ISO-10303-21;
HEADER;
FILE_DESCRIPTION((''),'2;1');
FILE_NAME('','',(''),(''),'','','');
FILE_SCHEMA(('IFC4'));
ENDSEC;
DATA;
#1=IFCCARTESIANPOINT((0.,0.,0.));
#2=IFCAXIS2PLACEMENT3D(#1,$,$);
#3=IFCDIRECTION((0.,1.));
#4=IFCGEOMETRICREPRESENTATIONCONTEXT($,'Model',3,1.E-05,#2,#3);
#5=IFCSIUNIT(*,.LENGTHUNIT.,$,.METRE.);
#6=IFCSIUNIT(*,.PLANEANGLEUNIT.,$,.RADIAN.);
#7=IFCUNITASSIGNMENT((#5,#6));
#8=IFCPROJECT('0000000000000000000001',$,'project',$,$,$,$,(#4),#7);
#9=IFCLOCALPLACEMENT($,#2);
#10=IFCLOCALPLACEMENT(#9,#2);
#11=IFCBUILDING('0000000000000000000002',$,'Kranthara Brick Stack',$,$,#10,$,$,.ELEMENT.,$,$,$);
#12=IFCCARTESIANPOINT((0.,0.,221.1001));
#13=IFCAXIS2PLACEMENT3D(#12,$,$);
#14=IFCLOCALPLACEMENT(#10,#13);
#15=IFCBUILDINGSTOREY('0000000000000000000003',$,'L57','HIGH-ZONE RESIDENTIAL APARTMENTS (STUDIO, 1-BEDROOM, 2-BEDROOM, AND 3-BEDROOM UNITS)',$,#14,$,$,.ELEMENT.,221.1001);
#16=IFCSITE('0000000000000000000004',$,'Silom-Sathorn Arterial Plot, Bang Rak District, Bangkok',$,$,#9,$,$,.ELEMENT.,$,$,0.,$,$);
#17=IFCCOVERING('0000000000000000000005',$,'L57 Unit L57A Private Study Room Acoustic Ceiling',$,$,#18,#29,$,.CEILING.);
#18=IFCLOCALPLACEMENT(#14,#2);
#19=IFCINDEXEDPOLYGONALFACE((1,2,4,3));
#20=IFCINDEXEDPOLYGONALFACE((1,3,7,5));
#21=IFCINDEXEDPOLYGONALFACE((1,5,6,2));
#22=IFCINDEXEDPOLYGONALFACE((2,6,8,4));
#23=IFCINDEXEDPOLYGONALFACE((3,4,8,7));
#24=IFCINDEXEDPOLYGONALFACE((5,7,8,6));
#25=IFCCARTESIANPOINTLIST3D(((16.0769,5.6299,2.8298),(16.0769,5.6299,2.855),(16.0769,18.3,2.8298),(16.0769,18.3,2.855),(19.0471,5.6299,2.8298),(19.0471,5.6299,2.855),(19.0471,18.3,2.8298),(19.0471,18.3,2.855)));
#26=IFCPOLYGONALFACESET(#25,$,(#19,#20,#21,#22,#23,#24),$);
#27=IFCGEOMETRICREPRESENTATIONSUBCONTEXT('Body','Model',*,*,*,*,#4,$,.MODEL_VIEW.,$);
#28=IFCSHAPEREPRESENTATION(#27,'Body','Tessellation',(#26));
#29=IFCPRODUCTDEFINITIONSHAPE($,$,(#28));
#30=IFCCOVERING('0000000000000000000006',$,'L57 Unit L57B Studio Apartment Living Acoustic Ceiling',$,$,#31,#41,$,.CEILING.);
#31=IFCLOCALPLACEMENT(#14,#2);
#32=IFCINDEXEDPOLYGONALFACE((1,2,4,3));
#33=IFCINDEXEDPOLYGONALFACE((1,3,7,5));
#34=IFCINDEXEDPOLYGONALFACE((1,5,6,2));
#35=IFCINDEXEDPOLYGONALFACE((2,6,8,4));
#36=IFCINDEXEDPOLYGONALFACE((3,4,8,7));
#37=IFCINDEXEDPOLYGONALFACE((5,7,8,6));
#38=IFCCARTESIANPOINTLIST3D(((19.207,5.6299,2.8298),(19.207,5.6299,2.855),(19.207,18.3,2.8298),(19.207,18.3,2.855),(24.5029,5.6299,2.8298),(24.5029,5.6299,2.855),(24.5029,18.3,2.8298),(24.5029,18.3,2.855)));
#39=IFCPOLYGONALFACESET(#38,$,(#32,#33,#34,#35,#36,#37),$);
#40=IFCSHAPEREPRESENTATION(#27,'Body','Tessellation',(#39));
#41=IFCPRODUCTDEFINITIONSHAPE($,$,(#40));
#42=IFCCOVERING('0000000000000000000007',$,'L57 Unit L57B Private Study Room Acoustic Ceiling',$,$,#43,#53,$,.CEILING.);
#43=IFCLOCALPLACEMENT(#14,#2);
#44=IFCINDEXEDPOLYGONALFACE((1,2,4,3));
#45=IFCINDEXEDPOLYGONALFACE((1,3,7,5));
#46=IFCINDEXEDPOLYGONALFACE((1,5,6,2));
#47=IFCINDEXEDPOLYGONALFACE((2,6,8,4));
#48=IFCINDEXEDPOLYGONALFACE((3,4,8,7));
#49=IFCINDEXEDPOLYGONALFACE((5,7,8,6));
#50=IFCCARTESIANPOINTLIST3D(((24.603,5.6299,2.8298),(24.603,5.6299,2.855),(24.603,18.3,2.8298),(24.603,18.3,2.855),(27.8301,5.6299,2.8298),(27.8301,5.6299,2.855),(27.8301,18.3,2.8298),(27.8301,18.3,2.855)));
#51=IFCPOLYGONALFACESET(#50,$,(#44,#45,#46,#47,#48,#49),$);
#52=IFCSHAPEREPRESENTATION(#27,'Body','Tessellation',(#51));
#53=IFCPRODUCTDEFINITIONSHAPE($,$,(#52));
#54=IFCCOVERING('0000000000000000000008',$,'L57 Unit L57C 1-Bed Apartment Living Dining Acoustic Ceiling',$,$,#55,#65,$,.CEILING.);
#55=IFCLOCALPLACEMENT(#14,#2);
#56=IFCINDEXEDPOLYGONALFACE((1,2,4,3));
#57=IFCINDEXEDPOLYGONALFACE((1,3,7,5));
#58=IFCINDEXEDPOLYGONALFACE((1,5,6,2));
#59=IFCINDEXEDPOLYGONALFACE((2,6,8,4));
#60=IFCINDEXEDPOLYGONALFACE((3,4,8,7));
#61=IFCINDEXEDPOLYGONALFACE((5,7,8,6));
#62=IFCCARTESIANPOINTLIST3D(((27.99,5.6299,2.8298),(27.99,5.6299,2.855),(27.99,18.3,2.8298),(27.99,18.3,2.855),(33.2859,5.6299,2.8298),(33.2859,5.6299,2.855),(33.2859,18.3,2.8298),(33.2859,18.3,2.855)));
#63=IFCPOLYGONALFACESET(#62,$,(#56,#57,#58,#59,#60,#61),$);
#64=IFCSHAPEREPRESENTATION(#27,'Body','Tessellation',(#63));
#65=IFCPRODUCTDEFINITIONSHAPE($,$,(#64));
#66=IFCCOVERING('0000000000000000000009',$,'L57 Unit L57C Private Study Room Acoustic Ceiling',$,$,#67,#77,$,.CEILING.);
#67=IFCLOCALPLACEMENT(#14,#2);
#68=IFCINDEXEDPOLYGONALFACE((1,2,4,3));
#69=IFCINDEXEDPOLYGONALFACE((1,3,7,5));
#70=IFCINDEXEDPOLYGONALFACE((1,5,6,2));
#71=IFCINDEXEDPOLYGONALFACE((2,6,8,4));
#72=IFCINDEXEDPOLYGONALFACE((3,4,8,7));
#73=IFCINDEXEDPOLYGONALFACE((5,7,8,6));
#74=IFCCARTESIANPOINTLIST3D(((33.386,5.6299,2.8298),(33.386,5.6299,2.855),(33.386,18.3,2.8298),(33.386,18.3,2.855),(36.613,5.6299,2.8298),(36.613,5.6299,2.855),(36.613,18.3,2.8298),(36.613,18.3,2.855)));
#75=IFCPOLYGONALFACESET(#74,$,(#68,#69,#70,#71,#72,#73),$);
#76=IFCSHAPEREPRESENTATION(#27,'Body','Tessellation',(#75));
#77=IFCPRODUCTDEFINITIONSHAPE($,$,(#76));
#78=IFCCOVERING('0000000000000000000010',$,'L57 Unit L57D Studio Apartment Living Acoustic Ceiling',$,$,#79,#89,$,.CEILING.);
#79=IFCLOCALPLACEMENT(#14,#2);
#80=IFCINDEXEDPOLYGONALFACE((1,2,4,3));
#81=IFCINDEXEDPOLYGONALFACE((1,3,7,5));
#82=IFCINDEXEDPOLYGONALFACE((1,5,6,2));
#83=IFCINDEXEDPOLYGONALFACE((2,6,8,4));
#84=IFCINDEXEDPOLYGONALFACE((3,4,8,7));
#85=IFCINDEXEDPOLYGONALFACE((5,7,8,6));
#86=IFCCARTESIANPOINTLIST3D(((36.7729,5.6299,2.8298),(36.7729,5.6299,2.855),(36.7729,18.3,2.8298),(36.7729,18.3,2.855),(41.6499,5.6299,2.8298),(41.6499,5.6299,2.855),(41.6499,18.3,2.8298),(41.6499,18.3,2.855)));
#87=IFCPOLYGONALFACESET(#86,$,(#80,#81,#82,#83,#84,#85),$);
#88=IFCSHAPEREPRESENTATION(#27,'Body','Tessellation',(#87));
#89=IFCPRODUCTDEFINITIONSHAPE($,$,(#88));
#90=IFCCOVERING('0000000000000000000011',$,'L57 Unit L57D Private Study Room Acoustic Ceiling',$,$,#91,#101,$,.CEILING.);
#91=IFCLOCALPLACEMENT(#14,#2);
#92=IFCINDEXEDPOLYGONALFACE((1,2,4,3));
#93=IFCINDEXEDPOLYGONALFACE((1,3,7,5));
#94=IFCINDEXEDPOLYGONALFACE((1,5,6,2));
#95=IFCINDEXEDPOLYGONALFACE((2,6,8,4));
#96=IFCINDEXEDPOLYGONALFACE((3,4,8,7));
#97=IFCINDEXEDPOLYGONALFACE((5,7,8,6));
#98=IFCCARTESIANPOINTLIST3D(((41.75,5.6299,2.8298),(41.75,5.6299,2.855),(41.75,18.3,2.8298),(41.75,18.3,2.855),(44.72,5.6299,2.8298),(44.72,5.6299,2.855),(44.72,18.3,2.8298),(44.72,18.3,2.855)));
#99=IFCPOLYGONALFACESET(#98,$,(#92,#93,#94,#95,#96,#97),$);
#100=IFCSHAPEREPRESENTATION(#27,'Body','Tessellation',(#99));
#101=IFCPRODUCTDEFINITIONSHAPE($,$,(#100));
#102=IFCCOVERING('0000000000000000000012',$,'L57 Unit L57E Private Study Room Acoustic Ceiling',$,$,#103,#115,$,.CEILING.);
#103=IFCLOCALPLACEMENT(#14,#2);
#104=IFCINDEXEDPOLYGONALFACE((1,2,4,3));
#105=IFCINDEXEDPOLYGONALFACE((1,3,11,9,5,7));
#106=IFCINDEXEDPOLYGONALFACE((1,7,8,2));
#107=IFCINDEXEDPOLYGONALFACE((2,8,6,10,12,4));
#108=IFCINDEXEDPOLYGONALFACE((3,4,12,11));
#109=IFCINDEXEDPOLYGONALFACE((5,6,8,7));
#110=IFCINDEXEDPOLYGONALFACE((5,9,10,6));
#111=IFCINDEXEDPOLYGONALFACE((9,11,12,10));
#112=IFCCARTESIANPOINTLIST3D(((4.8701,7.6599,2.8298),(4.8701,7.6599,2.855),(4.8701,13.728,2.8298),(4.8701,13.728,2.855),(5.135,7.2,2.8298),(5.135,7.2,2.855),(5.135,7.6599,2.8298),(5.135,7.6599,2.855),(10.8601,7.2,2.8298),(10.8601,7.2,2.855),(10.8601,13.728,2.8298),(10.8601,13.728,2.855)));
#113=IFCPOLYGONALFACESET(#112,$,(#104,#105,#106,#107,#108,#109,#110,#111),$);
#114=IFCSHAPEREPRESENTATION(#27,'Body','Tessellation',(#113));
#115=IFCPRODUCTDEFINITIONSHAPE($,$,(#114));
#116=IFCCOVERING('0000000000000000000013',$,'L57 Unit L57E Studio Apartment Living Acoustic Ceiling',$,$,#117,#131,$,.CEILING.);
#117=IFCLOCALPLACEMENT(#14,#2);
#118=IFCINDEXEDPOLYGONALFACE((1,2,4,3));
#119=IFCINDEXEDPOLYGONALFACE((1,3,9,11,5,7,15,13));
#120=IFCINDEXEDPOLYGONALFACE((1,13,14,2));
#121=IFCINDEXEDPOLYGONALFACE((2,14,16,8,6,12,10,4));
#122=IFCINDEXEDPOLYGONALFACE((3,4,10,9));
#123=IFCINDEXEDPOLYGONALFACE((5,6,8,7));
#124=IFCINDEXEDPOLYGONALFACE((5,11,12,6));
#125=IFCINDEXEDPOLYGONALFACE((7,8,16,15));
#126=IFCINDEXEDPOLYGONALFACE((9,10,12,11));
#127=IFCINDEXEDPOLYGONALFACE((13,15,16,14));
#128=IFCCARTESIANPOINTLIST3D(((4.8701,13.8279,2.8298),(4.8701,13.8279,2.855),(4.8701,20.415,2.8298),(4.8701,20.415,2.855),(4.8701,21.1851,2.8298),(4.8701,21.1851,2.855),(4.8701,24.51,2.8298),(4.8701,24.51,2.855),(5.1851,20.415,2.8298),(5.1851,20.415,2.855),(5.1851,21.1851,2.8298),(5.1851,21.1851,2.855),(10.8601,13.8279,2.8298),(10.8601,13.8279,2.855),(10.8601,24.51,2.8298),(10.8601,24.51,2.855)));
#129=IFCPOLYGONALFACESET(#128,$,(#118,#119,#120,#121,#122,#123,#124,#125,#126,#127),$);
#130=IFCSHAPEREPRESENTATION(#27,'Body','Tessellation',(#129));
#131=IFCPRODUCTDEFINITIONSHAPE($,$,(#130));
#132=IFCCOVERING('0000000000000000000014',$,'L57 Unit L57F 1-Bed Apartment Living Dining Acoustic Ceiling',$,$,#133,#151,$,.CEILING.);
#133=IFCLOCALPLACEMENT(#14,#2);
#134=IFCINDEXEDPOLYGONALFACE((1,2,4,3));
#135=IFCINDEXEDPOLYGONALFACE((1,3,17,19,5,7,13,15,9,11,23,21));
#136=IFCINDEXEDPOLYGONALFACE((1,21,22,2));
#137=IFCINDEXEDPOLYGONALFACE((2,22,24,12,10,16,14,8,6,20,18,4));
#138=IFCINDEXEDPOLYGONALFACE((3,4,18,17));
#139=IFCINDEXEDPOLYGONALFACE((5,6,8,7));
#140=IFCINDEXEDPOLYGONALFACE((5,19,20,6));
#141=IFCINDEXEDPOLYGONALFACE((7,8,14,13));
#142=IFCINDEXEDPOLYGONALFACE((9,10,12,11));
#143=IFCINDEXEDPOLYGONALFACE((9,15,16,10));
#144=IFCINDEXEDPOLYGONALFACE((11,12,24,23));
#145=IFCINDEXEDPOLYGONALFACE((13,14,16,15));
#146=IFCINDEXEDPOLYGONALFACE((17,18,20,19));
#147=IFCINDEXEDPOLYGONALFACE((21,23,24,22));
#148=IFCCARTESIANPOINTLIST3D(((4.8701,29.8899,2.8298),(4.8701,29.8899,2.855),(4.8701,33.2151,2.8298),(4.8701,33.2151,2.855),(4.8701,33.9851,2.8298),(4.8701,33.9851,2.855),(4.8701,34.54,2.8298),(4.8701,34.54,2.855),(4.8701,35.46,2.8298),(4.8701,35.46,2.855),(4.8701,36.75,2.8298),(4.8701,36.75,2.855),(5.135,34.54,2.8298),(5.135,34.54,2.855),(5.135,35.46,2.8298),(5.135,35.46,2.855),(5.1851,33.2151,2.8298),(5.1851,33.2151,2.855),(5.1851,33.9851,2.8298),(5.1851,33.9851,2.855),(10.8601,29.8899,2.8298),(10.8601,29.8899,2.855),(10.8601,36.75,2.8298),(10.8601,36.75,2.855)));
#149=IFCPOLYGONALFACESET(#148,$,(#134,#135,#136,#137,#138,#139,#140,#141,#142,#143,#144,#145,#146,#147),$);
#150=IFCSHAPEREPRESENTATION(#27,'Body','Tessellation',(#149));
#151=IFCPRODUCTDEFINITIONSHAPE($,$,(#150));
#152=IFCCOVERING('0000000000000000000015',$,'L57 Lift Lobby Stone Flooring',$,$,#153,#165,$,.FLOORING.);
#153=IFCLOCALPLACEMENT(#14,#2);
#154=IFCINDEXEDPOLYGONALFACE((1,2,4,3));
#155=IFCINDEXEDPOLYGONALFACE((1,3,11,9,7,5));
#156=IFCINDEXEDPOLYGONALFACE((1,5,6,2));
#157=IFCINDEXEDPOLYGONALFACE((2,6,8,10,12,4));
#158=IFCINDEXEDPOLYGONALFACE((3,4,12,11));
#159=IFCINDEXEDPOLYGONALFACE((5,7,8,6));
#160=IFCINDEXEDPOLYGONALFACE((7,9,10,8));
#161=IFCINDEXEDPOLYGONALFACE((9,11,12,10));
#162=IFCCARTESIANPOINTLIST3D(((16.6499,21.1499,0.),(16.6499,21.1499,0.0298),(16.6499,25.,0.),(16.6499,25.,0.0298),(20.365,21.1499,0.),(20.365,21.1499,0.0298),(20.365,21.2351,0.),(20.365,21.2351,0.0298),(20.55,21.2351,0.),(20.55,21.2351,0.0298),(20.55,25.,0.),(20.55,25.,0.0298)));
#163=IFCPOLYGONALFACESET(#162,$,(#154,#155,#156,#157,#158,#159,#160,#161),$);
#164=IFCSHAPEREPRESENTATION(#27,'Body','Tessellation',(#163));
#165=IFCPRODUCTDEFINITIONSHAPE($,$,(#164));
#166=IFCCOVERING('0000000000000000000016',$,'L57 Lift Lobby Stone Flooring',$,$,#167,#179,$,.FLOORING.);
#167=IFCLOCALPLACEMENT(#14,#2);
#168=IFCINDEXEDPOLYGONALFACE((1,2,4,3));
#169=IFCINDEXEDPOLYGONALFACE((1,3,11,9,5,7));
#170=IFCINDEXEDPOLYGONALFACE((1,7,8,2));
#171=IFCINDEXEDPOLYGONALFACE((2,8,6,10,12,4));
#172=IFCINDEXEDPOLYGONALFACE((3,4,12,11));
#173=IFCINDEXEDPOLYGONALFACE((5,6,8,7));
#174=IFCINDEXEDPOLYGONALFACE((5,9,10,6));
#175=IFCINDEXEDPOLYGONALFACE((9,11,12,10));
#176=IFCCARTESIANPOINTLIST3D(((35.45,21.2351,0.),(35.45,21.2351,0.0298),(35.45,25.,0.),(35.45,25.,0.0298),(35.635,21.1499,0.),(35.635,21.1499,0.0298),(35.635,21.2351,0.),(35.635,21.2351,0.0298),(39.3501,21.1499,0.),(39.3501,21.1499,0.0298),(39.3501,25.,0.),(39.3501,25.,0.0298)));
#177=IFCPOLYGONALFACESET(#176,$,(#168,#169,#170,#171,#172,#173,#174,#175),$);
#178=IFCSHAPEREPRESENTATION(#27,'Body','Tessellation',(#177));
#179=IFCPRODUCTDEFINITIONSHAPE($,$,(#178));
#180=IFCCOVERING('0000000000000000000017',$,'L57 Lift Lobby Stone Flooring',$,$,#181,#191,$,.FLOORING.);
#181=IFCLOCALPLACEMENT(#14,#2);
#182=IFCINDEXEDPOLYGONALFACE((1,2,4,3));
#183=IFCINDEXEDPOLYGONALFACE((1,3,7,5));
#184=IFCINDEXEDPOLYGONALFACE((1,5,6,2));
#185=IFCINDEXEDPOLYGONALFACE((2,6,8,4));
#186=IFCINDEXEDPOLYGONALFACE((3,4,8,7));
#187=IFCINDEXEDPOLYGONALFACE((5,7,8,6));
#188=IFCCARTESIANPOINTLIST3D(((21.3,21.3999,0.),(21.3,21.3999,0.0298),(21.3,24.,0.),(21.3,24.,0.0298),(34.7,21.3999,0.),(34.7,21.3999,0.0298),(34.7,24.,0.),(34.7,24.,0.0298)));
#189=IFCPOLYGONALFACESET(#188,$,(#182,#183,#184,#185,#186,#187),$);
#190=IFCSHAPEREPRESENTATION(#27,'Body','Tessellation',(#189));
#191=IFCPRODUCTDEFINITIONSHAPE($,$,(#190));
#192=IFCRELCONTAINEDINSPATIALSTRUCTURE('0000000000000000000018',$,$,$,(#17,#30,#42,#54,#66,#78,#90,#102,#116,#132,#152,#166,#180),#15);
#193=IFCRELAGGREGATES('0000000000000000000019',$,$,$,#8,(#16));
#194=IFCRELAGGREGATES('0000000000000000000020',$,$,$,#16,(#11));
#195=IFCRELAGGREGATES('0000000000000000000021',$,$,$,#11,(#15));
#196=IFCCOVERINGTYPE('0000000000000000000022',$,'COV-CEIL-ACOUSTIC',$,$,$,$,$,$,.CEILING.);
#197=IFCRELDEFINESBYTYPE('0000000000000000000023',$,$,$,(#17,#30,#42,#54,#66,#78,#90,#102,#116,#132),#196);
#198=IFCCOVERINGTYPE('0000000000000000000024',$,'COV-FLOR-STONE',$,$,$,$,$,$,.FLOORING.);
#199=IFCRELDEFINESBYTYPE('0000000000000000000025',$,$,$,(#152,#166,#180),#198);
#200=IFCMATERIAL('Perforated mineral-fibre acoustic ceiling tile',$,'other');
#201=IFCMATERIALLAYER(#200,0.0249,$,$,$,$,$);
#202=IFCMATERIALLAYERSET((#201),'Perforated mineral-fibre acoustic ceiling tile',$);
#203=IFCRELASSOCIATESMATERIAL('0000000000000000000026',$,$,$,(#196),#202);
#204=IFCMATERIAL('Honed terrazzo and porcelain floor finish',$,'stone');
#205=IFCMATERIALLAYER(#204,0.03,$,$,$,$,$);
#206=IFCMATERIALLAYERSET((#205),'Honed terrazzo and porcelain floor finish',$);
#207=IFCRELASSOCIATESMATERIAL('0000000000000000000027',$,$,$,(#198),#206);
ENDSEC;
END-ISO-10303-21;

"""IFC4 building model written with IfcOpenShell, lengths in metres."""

from ifc_helpers import new_model, si_unit, direction, frame, origin, place, context, subcontext, project, spatial, polyline, outline, extrude, material, layer, layer_set, type_object, element, save


model = new_model("IFC4")

# Units and contexts
model_context = context("Model", 3, precision=1e-05, world=origin(), true_north=direction((0.0, 1.0)))
body_context = subcontext(model_context, "Body", "Model", "MODEL_VIEW")
ifc_project = project(units=[si_unit("LENGTHUNIT", "METRE"), si_unit("PLANEANGLEUNIT", "RADIAN")], contexts=[model_context])

# Site, building, storey
site_placement = place(None, origin())
site = spatial("IfcSite", under=ifc_project, at=site_placement, Name="Silom-Sathorn Arterial Plot, Bang Rak District, Bangkok", CompositionType="ELEMENT", RefElevation=0.0)
building_placement = place(site_placement, origin())
building = spatial("IfcBuilding", under=site, at=building_placement, Name="Kranthara Brick Stack", CompositionType="ELEMENT")
storey_placement = place(building_placement, frame((0.0, 0.0, 221.1001)))
storey = spatial("IfcBuildingStorey", under=building, at=storey_placement, Name="L57", Description="HIGH-ZONE RESIDENTIAL APARTMENTS (STUDIO, 1-BEDROOM, 2-BEDROOM, AND 3-BEDROOM UNITS)", CompositionType="ELEMENT", Elevation=221.1001)

# Coverings
ifc_material_1 = material(Name="Perforated mineral-fibre acoustic ceiling tile", Category="other")
ifc_layer_1 = layer(ifc_material_1, 0.0249)
ifc_layer_set_1 = layer_set([ifc_layer_1], Name="Perforated mineral-fibre acoustic ceiling tile")
covering_type_1 = type_object("IfcCoveringType", Name="COV-CEIL-ACOUSTIC", PredefinedType="CEILING", material=ifc_layer_set_1)
covering_1_placement = place(storey_placement, frame((0.0, 0.0, 2.8298)))
element("IfcCovering", 1, at=covering_1_placement, inside=storey, type_object=covering_type_1, Name="L57 Unit L57A Private Study Room Acoustic Ceiling", PredefinedType="CEILING", context=body_context, shape_type="SweptSolid", body=[
    extrude(outline(polyline([(19.0471, 5.6299), (19.0471, 18.3), (16.0769, 18.3), (16.0769, 5.6299), (19.0471, 5.6299)])), origin(), (0.0, 0.0, 1.0), 0.0251),
])
covering_2_placement = place(storey_placement, frame((0.0, 0.0, 2.8298)))
element("IfcCovering", 2, at=covering_2_placement, inside=storey, type_object=covering_type_1, Name="L57 Unit L57B Studio Apartment Living Acoustic Ceiling", PredefinedType="CEILING", context=body_context, shape_type="SweptSolid", body=[
    extrude(outline(polyline([(24.5029, 5.6299), (24.5029, 18.3), (19.207, 18.3), (19.207, 5.6299), (24.5029, 5.6299)])), origin(), (0.0, 0.0, 1.0), 0.0251),
])
covering_3_placement = place(storey_placement, frame((0.0, 0.0, 2.8298)))
element("IfcCovering", 3, at=covering_3_placement, inside=storey, type_object=covering_type_1, Name="L57 Unit L57B Private Study Room Acoustic Ceiling", PredefinedType="CEILING", context=body_context, shape_type="SweptSolid", body=[
    extrude(outline(polyline([(27.8301, 5.6299), (27.8301, 18.3), (24.603, 18.3), (24.603, 5.6299), (27.8301, 5.6299)])), origin(), (0.0, 0.0, 1.0), 0.0251),
])
covering_4_placement = place(storey_placement, frame((0.0, 0.0, 2.8298)))
element("IfcCovering", 4, at=covering_4_placement, inside=storey, type_object=covering_type_1, Name="L57 Unit L57C 1-Bed Apartment Living Dining Acoustic Ceiling", PredefinedType="CEILING", context=body_context, shape_type="SweptSolid", body=[
    extrude(outline(polyline([(33.2859, 5.6299), (33.2859, 18.3), (27.99, 18.3), (27.99, 5.6299), (33.2859, 5.6299)])), origin(), (0.0, 0.0, 1.0), 0.0251),
])
covering_5_placement = place(storey_placement, frame((0.0, 0.0, 2.8298)))
element("IfcCovering", 5, at=covering_5_placement, inside=storey, type_object=covering_type_1, Name="L57 Unit L57C Private Study Room Acoustic Ceiling", PredefinedType="CEILING", context=body_context, shape_type="SweptSolid", body=[
    extrude(outline(polyline([(36.613, 5.6299), (36.613, 18.3), (33.386, 18.3), (33.386, 5.6299), (36.613, 5.6299)])), origin(), (0.0, 0.0, 1.0), 0.0251),
])
covering_6_placement = place(storey_placement, frame((0.0, 0.0, 2.8298)))
element("IfcCovering", 6, at=covering_6_placement, inside=storey, type_object=covering_type_1, Name="L57 Unit L57D Studio Apartment Living Acoustic Ceiling", PredefinedType="CEILING", context=body_context, shape_type="SweptSolid", body=[
    extrude(outline(polyline([(41.6499, 5.6299), (41.6499, 18.3), (36.7729, 18.3), (36.7729, 5.6299), (41.6499, 5.6299)])), origin(), (0.0, 0.0, 1.0), 0.0251),
])
covering_7_placement = place(storey_placement, frame((0.0, 0.0, 2.8298)))
element("IfcCovering", 7, at=covering_7_placement, inside=storey, type_object=covering_type_1, Name="L57 Unit L57D Private Study Room Acoustic Ceiling", PredefinedType="CEILING", context=body_context, shape_type="SweptSolid", body=[
    extrude(outline(polyline([(44.72, 5.6299), (44.72, 18.3), (41.75, 18.3), (41.75, 5.6299), (44.72, 5.6299)])), origin(), (0.0, 0.0, 1.0), 0.0251),
])
covering_8_placement = place(storey_placement, frame((0.0, 0.0, 2.8298)))
element("IfcCovering", 8, at=covering_8_placement, inside=storey, type_object=covering_type_1, Name="L57 Unit L57E Private Study Room Acoustic Ceiling", PredefinedType="CEILING", context=body_context, shape_type="SweptSolid", body=[
    extrude(outline(polyline([(4.8701, 13.728), (10.8601, 13.728), (10.8601, 7.2), (5.135, 7.2), (5.135, 7.6599), (4.8701, 7.6599), (4.8701, 13.728)])), origin(), (0.0, 0.0, 1.0), 0.0251),
])
covering_9_placement = place(storey_placement, frame((0.0, 0.0, 2.8298)))
element("IfcCovering", 9, at=covering_9_placement, inside=storey, type_object=covering_type_1, Name="L57 Unit L57E Studio Apartment Living Acoustic Ceiling", PredefinedType="CEILING", context=body_context, shape_type="SweptSolid", body=[
    extrude(outline(polyline([(4.8701, 24.51), (10.8601, 24.51), (10.8601, 13.8279), (4.8701, 13.8279), (4.8701, 20.415), (5.1851, 20.415), (5.1851, 21.1851), (4.8701, 21.1851), (4.8701, 24.51)])), origin(), (0.0, 0.0, 1.0), 0.0251),
])
covering_10_placement = place(storey_placement, frame((0.0, 0.0, 2.8298)))
element("IfcCovering", 10, at=covering_10_placement, inside=storey, type_object=covering_type_1, Name="L57 Unit L57F 1-Bed Apartment Living Dining Acoustic Ceiling", PredefinedType="CEILING", context=body_context, shape_type="SweptSolid", body=[
    extrude(outline(polyline([(10.8601, 36.75), (10.8601, 29.8899), (4.8701, 29.8899), (4.8701, 33.2151), (5.1851, 33.2151), (5.1851, 33.9851), (4.8701, 33.9851), (4.8701, 34.54), (5.135, 34.54), (5.135, 35.46), (4.8701, 35.46), (4.8701, 36.75), (10.8601, 36.75)])), origin(), (0.0, 0.0, 1.0), 0.0251),
])
ifc_material_2 = material(Name="Honed terrazzo and porcelain floor finish", Category="stone")
ifc_layer_2 = layer(ifc_material_2, 0.03)
ifc_layer_set_2 = layer_set([ifc_layer_2], Name="Honed terrazzo and porcelain floor finish")
covering_type_2 = type_object("IfcCoveringType", Name="COV-FLOR-STONE", PredefinedType="FLOORING", material=ifc_layer_set_2)
covering_11_placement = place(storey_placement, origin())
element("IfcCovering", 11, at=covering_11_placement, inside=storey, type_object=covering_type_2, Name="L57 Lift Lobby Stone Flooring", PredefinedType="FLOORING", context=body_context, shape_type="SweptSolid", body=[
    extrude(outline(polyline([(16.6499, 21.1499), (16.6499, 25.0), (20.55, 25.0), (20.55, 21.2351), (20.365, 21.2351), (20.365, 21.1499), (16.6499, 21.1499)])), origin(), (0.0, 0.0, 1.0), 0.0298),
])
covering_12_placement = place(storey_placement, origin())
element("IfcCovering", 12, at=covering_12_placement, inside=storey, type_object=covering_type_2, Name="L57 Lift Lobby Stone Flooring", PredefinedType="FLOORING", context=body_context, shape_type="SweptSolid", body=[
    extrude(outline(polyline([(35.45, 25.0), (39.3501, 25.0), (39.3501, 21.1499), (35.635, 21.1499), (35.635, 21.2351), (35.45, 21.2351), (35.45, 25.0)])), origin(), (0.0, 0.0, 1.0), 0.0298),
])
covering_13_placement = place(storey_placement, origin())
element("IfcCovering", 13, at=covering_13_placement, inside=storey, type_object=covering_type_2, Name="L57 Lift Lobby Stone Flooring", PredefinedType="FLOORING", context=body_context, shape_type="SweptSolid", body=[
    extrude(outline(polyline([(34.7, 21.3999), (34.7, 24.0), (21.3, 24.0), (21.3, 21.3999), (34.7, 21.3999)])), origin(), (0.0, 0.0, 1.0), 0.0298),
])

save(model, "model.ifc")
